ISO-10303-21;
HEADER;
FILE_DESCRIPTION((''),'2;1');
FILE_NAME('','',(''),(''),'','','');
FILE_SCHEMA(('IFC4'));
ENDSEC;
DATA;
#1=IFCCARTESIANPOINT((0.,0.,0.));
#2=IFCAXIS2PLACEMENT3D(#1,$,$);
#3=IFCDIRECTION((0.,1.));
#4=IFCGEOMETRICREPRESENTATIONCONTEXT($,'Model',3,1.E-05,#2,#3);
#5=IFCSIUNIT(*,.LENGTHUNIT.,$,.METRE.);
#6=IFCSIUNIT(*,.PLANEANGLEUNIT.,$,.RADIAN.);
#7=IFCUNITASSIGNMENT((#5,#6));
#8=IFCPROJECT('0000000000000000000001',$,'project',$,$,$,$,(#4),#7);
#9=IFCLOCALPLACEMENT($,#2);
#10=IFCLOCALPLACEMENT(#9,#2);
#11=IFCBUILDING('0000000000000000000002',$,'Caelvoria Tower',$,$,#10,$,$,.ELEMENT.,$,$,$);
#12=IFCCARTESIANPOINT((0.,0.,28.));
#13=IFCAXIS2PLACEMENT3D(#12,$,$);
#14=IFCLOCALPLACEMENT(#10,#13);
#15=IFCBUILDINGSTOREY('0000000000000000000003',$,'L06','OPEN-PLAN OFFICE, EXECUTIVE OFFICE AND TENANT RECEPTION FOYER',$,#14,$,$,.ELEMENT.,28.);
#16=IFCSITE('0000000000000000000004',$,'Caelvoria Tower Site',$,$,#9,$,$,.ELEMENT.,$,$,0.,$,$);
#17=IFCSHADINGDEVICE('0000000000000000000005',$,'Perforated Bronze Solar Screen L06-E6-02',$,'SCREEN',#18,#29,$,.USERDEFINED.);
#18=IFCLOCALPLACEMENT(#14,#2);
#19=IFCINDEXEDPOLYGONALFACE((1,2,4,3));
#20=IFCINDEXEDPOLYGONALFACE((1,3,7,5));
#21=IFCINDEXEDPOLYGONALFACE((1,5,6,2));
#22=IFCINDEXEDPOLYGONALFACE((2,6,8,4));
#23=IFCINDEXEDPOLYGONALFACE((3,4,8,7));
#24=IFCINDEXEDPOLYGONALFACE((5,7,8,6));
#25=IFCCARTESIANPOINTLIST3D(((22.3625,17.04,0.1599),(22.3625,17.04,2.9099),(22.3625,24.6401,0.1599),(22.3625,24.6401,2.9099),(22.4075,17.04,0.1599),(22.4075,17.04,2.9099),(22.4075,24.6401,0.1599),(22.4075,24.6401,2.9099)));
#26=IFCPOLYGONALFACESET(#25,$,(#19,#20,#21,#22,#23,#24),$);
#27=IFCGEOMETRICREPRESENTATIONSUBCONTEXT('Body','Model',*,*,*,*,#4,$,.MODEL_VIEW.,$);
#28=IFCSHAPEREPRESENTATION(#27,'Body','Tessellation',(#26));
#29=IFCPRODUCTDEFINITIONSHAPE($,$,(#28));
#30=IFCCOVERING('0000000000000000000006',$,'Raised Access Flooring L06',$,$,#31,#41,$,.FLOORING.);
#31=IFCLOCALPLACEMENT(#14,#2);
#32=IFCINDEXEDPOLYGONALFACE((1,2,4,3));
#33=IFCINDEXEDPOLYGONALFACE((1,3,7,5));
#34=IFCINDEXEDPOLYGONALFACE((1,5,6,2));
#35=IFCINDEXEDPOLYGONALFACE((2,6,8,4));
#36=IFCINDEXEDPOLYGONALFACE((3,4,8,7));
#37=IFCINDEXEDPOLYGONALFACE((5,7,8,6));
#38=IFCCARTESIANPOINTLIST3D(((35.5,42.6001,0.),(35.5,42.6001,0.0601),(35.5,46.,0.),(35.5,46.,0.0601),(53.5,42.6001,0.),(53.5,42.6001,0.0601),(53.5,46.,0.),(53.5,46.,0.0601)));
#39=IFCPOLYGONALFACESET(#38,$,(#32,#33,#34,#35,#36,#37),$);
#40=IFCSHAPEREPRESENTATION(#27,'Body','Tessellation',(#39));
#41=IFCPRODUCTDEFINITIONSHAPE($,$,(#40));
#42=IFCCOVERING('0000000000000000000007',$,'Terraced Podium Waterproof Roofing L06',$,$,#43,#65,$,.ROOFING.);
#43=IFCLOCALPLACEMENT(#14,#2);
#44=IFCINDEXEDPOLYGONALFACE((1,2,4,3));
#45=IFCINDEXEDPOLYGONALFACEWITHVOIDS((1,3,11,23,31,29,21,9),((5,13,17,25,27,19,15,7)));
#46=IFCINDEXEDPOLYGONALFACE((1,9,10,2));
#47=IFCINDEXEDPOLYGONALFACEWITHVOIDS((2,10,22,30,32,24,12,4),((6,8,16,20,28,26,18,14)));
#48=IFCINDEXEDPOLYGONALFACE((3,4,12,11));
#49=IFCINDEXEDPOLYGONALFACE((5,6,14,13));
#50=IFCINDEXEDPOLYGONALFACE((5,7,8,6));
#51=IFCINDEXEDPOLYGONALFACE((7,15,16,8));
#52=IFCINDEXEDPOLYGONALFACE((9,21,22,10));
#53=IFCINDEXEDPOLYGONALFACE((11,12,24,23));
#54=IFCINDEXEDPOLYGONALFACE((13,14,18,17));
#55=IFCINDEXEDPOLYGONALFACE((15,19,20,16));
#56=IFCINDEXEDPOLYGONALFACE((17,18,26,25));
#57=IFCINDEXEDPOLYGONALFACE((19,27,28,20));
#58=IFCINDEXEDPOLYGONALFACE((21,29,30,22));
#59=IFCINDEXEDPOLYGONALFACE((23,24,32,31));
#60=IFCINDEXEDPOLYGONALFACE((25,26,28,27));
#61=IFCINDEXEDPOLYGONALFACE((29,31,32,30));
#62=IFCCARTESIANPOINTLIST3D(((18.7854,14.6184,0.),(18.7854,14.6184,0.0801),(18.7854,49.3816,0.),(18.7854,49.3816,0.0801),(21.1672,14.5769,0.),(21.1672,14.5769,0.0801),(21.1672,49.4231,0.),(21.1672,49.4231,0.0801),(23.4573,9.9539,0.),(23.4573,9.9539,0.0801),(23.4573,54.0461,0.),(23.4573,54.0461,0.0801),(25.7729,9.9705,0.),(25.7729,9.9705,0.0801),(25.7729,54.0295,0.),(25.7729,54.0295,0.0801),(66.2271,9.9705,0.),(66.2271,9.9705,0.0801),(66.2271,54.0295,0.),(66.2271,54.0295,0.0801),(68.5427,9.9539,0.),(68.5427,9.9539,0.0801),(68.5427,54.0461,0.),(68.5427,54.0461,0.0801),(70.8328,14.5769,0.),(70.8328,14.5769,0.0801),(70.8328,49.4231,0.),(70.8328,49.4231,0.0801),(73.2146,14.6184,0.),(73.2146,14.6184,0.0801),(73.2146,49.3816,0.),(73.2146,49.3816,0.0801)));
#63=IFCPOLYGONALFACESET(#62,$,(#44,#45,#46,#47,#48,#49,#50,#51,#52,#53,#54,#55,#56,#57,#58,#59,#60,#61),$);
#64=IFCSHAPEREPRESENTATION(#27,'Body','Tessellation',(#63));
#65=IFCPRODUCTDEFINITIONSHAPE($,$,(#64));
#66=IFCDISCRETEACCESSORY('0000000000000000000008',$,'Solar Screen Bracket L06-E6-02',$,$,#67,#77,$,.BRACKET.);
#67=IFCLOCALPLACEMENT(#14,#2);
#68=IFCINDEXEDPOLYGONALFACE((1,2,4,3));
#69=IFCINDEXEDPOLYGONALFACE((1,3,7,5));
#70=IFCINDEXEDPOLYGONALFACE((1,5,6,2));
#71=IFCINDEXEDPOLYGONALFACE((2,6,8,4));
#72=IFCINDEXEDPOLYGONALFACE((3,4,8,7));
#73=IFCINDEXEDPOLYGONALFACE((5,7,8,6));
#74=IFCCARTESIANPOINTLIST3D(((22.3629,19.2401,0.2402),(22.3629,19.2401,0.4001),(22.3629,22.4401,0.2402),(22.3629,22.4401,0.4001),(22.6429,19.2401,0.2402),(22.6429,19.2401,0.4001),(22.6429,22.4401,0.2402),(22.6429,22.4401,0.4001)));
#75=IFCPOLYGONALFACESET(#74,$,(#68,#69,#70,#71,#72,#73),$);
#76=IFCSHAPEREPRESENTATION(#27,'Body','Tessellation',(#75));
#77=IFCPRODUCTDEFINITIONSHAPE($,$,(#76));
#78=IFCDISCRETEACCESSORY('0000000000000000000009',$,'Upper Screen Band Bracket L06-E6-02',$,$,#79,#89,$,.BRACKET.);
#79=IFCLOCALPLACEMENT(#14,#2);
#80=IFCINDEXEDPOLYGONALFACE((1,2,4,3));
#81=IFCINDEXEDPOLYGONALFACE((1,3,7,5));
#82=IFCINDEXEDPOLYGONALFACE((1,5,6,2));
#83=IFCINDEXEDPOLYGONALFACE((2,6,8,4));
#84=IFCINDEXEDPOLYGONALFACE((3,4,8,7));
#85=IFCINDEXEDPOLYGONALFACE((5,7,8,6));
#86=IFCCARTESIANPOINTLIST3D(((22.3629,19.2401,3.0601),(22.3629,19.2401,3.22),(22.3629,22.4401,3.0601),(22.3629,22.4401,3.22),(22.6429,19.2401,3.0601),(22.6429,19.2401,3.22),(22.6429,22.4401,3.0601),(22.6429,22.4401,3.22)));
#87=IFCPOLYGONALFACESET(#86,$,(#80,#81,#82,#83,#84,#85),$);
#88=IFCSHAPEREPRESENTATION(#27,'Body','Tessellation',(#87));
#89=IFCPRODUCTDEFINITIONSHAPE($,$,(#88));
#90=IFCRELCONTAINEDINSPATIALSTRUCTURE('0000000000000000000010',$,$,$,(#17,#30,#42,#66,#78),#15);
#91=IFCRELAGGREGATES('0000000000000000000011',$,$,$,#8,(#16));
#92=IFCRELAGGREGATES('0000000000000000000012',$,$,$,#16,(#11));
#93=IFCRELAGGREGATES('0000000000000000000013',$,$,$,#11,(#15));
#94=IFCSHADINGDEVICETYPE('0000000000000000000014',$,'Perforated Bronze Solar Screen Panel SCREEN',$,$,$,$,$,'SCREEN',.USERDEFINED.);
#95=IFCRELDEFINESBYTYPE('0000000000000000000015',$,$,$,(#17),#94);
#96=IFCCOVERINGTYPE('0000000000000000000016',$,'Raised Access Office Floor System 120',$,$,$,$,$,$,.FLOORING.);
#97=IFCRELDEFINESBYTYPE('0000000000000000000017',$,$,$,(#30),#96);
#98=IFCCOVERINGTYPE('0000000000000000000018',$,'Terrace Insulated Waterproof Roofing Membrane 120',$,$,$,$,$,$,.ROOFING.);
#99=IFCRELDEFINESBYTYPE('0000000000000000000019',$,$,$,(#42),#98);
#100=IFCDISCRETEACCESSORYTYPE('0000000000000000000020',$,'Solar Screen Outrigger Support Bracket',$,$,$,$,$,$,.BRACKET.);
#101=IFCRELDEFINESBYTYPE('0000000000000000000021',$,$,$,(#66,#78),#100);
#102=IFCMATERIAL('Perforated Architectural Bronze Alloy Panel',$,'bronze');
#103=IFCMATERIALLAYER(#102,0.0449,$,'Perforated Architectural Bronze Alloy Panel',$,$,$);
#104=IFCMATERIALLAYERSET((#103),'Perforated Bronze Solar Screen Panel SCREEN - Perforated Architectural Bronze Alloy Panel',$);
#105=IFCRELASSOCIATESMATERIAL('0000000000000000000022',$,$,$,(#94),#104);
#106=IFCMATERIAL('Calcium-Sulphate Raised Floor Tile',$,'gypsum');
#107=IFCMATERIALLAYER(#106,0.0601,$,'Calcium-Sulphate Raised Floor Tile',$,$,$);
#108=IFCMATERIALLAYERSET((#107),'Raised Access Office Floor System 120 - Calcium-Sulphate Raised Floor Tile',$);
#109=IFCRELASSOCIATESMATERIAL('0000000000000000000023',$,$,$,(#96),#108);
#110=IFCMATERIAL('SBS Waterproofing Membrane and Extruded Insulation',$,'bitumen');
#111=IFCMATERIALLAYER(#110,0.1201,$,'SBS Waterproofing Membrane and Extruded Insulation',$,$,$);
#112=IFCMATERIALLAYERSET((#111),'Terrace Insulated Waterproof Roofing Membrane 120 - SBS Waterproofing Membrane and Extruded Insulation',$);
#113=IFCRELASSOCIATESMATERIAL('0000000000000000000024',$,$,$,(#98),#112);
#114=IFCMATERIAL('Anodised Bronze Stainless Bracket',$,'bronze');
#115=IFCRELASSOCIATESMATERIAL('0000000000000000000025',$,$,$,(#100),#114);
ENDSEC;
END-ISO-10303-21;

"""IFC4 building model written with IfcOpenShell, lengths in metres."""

from ifc_helpers import new_model, si_unit, direction, frame, origin, origin_2d, place, context, subcontext, project, spatial, polyline, rectangle, outline, extrude, material, layer, layer_set, type_object, element, save


model = new_model("IFC4")

# Units and contexts
model_context = context("Model", 3, precision=1e-05, world=origin(), true_north=direction((0.0, 1.0)))
body_context = subcontext(model_context, "Body", "Model", "MODEL_VIEW")
ifc_project = project(units=[si_unit("LENGTHUNIT", "METRE"), si_unit("PLANEANGLEUNIT", "RADIAN")], contexts=[model_context])

# Site, building, storey
site_placement = place(None, origin())
site = spatial("IfcSite", under=ifc_project, at=site_placement, Name="Caelvoria Tower Site", CompositionType="ELEMENT", RefElevation=0.0)
building_placement = place(site_placement, origin())
building = spatial("IfcBuilding", under=site, at=building_placement, Name="Caelvoria Tower", CompositionType="ELEMENT")
storey_placement = place(building_placement, frame((0.0, 0.0, 28.0)))
storey = spatial("IfcBuildingStorey", under=building, at=storey_placement, Name="L06", Description="OPEN-PLAN OFFICE, EXECUTIVE OFFICE AND TENANT RECEPTION FOYER", CompositionType="ELEMENT", Elevation=28.0)

# Shading device
ifc_material_1 = material(Name="Perforated Architectural Bronze Alloy Panel", Category="bronze")
ifc_layer_1 = layer(ifc_material_1, 0.0449, Name="Perforated Architectural Bronze Alloy Panel")
ifc_layer_set_1 = layer_set([ifc_layer_1], Name="Perforated Bronze Solar Screen Panel SCREEN - Perforated Architectural Bronze Alloy Panel")
shading_device_type = type_object("IfcShadingDeviceType", Name="Perforated Bronze Solar Screen Panel SCREEN", ElementType="SCREEN", PredefinedType="USERDEFINED", material=ifc_layer_set_1)
shading_device_placement = place(storey_placement, frame((22.385, 20.8401, 0.1599), z_axis=(0.0, 0.0, 1.0), x_axis=(0.0, -1.0, 0.0)))
element("IfcShadingDevice", 1, at=shading_device_placement, inside=storey, type_object=shading_device_type, Name="Perforated Bronze Solar Screen L06-E6-02", ObjectType="SCREEN", PredefinedType="USERDEFINED", context=body_context, shape_type="SweptSolid", body=[
    extrude(rectangle(XDim=7.6001, YDim=0.0449, at=origin_2d()), origin(), (0.0, 0.0, 1.0), 2.75),
])

# Coverings
ifc_material_2 = material(Name="Calcium-Sulphate Raised Floor Tile", Category="gypsum")
ifc_layer_2 = layer(ifc_material_2, 0.0601, Name="Calcium-Sulphate Raised Floor Tile")
ifc_layer_set_2 = layer_set([ifc_layer_2], Name="Raised Access Office Floor System 120 - Calcium-Sulphate Raised Floor Tile")
covering_type_1 = type_object("IfcCoveringType", Name="Raised Access Office Floor System 120", PredefinedType="FLOORING", material=ifc_layer_set_2)
covering_1_placement = place(storey_placement, origin())
element("IfcCovering", 2, at=covering_1_placement, inside=storey, type_object=covering_type_1, Name="Raised Access Flooring L06", PredefinedType="FLOORING", context=body_context, shape_type="SweptSolid", body=[
    extrude(outline(polyline([(35.5, 42.6001), (53.5, 42.6001), (53.5, 46.0), (35.5, 46.0), (35.5, 42.6001)])), origin(), (0.0, 0.0, 1.0), 0.0601),
])
ifc_material_3 = material(Name="SBS Waterproofing Membrane and Extruded Insulation", Category="bitumen")
ifc_layer_3 = layer(ifc_material_3, 0.1201, Name="SBS Waterproofing Membrane and Extruded Insulation")
ifc_layer_set_3 = layer_set([ifc_layer_3], Name="Terrace Insulated Waterproof Roofing Membrane 120 - SBS Waterproofing Membrane and Extruded Insulation")
covering_type_2 = type_object("IfcCoveringType", Name="Terrace Insulated Waterproof Roofing Membrane 120", PredefinedType="ROOFING", material=ifc_layer_set_3)
covering_2_placement = place(storey_placement, origin())
element("IfcCovering", 3, at=covering_2_placement, inside=storey, type_object=covering_type_2, Name="Terraced Podium Waterproof Roofing L06", PredefinedType="ROOFING", context=body_context, shape_type="SweptSolid", body=[
    extrude(outline(polyline([(23.4573, 9.9539), (68.5427, 9.9539), (73.2146, 14.6184), (73.2146, 49.3816), (68.5427, 54.0461), (23.4573, 54.0461), (18.7854, 49.3816), (18.7854, 14.6184), (23.4573, 9.9539)]), holes=[polyline([(21.1672, 14.5769), (21.1672, 49.4231), (25.7729, 54.0295), (66.2271, 54.0295), (70.8328, 49.4231), (70.8328, 14.5769), (66.2271, 9.9705), (25.7729, 9.9705), (21.1672, 14.5769)])]), origin(), (0.0, 0.0, 1.0), 0.0801),
])

# Discrete accessories
ifc_material_4 = material(Name="Anodised Bronze Stainless Bracket", Category="bronze")
discrete_accessory_type = type_object("IfcDiscreteAccessoryType", Name="Solar Screen Outrigger Support Bracket", PredefinedType="BRACKET", material=ifc_material_4)
for number, where, z_axis, x_axis, name in (
    (4, (22.5029, 20.8401, 0.2402), (0.0, 0.0, 1.0), (0.0, -1.0, 0.0), "Solar Screen Bracket L06-E6-02"),
    (5, (22.5029, 20.8401, 3.0601), (0.0, 0.0, 1.0), (0.0, -1.0, 0.0), "Upper Screen Band Bracket L06-E6-02"),
):
    element("IfcDiscreteAccessory", number, at=place(storey_placement, frame(where, z_axis=z_axis, x_axis=x_axis)), inside=storey, type_object=discrete_accessory_type, Name=name, PredefinedType="BRACKET", context=body_context, shape_type="SweptSolid", body=[
        extrude(rectangle(XDim=3.2, YDim=0.28, at=origin_2d()), origin(), (0.0, 0.0, 1.0), 0.1599),
    ])

save(model, "model.ifc")
